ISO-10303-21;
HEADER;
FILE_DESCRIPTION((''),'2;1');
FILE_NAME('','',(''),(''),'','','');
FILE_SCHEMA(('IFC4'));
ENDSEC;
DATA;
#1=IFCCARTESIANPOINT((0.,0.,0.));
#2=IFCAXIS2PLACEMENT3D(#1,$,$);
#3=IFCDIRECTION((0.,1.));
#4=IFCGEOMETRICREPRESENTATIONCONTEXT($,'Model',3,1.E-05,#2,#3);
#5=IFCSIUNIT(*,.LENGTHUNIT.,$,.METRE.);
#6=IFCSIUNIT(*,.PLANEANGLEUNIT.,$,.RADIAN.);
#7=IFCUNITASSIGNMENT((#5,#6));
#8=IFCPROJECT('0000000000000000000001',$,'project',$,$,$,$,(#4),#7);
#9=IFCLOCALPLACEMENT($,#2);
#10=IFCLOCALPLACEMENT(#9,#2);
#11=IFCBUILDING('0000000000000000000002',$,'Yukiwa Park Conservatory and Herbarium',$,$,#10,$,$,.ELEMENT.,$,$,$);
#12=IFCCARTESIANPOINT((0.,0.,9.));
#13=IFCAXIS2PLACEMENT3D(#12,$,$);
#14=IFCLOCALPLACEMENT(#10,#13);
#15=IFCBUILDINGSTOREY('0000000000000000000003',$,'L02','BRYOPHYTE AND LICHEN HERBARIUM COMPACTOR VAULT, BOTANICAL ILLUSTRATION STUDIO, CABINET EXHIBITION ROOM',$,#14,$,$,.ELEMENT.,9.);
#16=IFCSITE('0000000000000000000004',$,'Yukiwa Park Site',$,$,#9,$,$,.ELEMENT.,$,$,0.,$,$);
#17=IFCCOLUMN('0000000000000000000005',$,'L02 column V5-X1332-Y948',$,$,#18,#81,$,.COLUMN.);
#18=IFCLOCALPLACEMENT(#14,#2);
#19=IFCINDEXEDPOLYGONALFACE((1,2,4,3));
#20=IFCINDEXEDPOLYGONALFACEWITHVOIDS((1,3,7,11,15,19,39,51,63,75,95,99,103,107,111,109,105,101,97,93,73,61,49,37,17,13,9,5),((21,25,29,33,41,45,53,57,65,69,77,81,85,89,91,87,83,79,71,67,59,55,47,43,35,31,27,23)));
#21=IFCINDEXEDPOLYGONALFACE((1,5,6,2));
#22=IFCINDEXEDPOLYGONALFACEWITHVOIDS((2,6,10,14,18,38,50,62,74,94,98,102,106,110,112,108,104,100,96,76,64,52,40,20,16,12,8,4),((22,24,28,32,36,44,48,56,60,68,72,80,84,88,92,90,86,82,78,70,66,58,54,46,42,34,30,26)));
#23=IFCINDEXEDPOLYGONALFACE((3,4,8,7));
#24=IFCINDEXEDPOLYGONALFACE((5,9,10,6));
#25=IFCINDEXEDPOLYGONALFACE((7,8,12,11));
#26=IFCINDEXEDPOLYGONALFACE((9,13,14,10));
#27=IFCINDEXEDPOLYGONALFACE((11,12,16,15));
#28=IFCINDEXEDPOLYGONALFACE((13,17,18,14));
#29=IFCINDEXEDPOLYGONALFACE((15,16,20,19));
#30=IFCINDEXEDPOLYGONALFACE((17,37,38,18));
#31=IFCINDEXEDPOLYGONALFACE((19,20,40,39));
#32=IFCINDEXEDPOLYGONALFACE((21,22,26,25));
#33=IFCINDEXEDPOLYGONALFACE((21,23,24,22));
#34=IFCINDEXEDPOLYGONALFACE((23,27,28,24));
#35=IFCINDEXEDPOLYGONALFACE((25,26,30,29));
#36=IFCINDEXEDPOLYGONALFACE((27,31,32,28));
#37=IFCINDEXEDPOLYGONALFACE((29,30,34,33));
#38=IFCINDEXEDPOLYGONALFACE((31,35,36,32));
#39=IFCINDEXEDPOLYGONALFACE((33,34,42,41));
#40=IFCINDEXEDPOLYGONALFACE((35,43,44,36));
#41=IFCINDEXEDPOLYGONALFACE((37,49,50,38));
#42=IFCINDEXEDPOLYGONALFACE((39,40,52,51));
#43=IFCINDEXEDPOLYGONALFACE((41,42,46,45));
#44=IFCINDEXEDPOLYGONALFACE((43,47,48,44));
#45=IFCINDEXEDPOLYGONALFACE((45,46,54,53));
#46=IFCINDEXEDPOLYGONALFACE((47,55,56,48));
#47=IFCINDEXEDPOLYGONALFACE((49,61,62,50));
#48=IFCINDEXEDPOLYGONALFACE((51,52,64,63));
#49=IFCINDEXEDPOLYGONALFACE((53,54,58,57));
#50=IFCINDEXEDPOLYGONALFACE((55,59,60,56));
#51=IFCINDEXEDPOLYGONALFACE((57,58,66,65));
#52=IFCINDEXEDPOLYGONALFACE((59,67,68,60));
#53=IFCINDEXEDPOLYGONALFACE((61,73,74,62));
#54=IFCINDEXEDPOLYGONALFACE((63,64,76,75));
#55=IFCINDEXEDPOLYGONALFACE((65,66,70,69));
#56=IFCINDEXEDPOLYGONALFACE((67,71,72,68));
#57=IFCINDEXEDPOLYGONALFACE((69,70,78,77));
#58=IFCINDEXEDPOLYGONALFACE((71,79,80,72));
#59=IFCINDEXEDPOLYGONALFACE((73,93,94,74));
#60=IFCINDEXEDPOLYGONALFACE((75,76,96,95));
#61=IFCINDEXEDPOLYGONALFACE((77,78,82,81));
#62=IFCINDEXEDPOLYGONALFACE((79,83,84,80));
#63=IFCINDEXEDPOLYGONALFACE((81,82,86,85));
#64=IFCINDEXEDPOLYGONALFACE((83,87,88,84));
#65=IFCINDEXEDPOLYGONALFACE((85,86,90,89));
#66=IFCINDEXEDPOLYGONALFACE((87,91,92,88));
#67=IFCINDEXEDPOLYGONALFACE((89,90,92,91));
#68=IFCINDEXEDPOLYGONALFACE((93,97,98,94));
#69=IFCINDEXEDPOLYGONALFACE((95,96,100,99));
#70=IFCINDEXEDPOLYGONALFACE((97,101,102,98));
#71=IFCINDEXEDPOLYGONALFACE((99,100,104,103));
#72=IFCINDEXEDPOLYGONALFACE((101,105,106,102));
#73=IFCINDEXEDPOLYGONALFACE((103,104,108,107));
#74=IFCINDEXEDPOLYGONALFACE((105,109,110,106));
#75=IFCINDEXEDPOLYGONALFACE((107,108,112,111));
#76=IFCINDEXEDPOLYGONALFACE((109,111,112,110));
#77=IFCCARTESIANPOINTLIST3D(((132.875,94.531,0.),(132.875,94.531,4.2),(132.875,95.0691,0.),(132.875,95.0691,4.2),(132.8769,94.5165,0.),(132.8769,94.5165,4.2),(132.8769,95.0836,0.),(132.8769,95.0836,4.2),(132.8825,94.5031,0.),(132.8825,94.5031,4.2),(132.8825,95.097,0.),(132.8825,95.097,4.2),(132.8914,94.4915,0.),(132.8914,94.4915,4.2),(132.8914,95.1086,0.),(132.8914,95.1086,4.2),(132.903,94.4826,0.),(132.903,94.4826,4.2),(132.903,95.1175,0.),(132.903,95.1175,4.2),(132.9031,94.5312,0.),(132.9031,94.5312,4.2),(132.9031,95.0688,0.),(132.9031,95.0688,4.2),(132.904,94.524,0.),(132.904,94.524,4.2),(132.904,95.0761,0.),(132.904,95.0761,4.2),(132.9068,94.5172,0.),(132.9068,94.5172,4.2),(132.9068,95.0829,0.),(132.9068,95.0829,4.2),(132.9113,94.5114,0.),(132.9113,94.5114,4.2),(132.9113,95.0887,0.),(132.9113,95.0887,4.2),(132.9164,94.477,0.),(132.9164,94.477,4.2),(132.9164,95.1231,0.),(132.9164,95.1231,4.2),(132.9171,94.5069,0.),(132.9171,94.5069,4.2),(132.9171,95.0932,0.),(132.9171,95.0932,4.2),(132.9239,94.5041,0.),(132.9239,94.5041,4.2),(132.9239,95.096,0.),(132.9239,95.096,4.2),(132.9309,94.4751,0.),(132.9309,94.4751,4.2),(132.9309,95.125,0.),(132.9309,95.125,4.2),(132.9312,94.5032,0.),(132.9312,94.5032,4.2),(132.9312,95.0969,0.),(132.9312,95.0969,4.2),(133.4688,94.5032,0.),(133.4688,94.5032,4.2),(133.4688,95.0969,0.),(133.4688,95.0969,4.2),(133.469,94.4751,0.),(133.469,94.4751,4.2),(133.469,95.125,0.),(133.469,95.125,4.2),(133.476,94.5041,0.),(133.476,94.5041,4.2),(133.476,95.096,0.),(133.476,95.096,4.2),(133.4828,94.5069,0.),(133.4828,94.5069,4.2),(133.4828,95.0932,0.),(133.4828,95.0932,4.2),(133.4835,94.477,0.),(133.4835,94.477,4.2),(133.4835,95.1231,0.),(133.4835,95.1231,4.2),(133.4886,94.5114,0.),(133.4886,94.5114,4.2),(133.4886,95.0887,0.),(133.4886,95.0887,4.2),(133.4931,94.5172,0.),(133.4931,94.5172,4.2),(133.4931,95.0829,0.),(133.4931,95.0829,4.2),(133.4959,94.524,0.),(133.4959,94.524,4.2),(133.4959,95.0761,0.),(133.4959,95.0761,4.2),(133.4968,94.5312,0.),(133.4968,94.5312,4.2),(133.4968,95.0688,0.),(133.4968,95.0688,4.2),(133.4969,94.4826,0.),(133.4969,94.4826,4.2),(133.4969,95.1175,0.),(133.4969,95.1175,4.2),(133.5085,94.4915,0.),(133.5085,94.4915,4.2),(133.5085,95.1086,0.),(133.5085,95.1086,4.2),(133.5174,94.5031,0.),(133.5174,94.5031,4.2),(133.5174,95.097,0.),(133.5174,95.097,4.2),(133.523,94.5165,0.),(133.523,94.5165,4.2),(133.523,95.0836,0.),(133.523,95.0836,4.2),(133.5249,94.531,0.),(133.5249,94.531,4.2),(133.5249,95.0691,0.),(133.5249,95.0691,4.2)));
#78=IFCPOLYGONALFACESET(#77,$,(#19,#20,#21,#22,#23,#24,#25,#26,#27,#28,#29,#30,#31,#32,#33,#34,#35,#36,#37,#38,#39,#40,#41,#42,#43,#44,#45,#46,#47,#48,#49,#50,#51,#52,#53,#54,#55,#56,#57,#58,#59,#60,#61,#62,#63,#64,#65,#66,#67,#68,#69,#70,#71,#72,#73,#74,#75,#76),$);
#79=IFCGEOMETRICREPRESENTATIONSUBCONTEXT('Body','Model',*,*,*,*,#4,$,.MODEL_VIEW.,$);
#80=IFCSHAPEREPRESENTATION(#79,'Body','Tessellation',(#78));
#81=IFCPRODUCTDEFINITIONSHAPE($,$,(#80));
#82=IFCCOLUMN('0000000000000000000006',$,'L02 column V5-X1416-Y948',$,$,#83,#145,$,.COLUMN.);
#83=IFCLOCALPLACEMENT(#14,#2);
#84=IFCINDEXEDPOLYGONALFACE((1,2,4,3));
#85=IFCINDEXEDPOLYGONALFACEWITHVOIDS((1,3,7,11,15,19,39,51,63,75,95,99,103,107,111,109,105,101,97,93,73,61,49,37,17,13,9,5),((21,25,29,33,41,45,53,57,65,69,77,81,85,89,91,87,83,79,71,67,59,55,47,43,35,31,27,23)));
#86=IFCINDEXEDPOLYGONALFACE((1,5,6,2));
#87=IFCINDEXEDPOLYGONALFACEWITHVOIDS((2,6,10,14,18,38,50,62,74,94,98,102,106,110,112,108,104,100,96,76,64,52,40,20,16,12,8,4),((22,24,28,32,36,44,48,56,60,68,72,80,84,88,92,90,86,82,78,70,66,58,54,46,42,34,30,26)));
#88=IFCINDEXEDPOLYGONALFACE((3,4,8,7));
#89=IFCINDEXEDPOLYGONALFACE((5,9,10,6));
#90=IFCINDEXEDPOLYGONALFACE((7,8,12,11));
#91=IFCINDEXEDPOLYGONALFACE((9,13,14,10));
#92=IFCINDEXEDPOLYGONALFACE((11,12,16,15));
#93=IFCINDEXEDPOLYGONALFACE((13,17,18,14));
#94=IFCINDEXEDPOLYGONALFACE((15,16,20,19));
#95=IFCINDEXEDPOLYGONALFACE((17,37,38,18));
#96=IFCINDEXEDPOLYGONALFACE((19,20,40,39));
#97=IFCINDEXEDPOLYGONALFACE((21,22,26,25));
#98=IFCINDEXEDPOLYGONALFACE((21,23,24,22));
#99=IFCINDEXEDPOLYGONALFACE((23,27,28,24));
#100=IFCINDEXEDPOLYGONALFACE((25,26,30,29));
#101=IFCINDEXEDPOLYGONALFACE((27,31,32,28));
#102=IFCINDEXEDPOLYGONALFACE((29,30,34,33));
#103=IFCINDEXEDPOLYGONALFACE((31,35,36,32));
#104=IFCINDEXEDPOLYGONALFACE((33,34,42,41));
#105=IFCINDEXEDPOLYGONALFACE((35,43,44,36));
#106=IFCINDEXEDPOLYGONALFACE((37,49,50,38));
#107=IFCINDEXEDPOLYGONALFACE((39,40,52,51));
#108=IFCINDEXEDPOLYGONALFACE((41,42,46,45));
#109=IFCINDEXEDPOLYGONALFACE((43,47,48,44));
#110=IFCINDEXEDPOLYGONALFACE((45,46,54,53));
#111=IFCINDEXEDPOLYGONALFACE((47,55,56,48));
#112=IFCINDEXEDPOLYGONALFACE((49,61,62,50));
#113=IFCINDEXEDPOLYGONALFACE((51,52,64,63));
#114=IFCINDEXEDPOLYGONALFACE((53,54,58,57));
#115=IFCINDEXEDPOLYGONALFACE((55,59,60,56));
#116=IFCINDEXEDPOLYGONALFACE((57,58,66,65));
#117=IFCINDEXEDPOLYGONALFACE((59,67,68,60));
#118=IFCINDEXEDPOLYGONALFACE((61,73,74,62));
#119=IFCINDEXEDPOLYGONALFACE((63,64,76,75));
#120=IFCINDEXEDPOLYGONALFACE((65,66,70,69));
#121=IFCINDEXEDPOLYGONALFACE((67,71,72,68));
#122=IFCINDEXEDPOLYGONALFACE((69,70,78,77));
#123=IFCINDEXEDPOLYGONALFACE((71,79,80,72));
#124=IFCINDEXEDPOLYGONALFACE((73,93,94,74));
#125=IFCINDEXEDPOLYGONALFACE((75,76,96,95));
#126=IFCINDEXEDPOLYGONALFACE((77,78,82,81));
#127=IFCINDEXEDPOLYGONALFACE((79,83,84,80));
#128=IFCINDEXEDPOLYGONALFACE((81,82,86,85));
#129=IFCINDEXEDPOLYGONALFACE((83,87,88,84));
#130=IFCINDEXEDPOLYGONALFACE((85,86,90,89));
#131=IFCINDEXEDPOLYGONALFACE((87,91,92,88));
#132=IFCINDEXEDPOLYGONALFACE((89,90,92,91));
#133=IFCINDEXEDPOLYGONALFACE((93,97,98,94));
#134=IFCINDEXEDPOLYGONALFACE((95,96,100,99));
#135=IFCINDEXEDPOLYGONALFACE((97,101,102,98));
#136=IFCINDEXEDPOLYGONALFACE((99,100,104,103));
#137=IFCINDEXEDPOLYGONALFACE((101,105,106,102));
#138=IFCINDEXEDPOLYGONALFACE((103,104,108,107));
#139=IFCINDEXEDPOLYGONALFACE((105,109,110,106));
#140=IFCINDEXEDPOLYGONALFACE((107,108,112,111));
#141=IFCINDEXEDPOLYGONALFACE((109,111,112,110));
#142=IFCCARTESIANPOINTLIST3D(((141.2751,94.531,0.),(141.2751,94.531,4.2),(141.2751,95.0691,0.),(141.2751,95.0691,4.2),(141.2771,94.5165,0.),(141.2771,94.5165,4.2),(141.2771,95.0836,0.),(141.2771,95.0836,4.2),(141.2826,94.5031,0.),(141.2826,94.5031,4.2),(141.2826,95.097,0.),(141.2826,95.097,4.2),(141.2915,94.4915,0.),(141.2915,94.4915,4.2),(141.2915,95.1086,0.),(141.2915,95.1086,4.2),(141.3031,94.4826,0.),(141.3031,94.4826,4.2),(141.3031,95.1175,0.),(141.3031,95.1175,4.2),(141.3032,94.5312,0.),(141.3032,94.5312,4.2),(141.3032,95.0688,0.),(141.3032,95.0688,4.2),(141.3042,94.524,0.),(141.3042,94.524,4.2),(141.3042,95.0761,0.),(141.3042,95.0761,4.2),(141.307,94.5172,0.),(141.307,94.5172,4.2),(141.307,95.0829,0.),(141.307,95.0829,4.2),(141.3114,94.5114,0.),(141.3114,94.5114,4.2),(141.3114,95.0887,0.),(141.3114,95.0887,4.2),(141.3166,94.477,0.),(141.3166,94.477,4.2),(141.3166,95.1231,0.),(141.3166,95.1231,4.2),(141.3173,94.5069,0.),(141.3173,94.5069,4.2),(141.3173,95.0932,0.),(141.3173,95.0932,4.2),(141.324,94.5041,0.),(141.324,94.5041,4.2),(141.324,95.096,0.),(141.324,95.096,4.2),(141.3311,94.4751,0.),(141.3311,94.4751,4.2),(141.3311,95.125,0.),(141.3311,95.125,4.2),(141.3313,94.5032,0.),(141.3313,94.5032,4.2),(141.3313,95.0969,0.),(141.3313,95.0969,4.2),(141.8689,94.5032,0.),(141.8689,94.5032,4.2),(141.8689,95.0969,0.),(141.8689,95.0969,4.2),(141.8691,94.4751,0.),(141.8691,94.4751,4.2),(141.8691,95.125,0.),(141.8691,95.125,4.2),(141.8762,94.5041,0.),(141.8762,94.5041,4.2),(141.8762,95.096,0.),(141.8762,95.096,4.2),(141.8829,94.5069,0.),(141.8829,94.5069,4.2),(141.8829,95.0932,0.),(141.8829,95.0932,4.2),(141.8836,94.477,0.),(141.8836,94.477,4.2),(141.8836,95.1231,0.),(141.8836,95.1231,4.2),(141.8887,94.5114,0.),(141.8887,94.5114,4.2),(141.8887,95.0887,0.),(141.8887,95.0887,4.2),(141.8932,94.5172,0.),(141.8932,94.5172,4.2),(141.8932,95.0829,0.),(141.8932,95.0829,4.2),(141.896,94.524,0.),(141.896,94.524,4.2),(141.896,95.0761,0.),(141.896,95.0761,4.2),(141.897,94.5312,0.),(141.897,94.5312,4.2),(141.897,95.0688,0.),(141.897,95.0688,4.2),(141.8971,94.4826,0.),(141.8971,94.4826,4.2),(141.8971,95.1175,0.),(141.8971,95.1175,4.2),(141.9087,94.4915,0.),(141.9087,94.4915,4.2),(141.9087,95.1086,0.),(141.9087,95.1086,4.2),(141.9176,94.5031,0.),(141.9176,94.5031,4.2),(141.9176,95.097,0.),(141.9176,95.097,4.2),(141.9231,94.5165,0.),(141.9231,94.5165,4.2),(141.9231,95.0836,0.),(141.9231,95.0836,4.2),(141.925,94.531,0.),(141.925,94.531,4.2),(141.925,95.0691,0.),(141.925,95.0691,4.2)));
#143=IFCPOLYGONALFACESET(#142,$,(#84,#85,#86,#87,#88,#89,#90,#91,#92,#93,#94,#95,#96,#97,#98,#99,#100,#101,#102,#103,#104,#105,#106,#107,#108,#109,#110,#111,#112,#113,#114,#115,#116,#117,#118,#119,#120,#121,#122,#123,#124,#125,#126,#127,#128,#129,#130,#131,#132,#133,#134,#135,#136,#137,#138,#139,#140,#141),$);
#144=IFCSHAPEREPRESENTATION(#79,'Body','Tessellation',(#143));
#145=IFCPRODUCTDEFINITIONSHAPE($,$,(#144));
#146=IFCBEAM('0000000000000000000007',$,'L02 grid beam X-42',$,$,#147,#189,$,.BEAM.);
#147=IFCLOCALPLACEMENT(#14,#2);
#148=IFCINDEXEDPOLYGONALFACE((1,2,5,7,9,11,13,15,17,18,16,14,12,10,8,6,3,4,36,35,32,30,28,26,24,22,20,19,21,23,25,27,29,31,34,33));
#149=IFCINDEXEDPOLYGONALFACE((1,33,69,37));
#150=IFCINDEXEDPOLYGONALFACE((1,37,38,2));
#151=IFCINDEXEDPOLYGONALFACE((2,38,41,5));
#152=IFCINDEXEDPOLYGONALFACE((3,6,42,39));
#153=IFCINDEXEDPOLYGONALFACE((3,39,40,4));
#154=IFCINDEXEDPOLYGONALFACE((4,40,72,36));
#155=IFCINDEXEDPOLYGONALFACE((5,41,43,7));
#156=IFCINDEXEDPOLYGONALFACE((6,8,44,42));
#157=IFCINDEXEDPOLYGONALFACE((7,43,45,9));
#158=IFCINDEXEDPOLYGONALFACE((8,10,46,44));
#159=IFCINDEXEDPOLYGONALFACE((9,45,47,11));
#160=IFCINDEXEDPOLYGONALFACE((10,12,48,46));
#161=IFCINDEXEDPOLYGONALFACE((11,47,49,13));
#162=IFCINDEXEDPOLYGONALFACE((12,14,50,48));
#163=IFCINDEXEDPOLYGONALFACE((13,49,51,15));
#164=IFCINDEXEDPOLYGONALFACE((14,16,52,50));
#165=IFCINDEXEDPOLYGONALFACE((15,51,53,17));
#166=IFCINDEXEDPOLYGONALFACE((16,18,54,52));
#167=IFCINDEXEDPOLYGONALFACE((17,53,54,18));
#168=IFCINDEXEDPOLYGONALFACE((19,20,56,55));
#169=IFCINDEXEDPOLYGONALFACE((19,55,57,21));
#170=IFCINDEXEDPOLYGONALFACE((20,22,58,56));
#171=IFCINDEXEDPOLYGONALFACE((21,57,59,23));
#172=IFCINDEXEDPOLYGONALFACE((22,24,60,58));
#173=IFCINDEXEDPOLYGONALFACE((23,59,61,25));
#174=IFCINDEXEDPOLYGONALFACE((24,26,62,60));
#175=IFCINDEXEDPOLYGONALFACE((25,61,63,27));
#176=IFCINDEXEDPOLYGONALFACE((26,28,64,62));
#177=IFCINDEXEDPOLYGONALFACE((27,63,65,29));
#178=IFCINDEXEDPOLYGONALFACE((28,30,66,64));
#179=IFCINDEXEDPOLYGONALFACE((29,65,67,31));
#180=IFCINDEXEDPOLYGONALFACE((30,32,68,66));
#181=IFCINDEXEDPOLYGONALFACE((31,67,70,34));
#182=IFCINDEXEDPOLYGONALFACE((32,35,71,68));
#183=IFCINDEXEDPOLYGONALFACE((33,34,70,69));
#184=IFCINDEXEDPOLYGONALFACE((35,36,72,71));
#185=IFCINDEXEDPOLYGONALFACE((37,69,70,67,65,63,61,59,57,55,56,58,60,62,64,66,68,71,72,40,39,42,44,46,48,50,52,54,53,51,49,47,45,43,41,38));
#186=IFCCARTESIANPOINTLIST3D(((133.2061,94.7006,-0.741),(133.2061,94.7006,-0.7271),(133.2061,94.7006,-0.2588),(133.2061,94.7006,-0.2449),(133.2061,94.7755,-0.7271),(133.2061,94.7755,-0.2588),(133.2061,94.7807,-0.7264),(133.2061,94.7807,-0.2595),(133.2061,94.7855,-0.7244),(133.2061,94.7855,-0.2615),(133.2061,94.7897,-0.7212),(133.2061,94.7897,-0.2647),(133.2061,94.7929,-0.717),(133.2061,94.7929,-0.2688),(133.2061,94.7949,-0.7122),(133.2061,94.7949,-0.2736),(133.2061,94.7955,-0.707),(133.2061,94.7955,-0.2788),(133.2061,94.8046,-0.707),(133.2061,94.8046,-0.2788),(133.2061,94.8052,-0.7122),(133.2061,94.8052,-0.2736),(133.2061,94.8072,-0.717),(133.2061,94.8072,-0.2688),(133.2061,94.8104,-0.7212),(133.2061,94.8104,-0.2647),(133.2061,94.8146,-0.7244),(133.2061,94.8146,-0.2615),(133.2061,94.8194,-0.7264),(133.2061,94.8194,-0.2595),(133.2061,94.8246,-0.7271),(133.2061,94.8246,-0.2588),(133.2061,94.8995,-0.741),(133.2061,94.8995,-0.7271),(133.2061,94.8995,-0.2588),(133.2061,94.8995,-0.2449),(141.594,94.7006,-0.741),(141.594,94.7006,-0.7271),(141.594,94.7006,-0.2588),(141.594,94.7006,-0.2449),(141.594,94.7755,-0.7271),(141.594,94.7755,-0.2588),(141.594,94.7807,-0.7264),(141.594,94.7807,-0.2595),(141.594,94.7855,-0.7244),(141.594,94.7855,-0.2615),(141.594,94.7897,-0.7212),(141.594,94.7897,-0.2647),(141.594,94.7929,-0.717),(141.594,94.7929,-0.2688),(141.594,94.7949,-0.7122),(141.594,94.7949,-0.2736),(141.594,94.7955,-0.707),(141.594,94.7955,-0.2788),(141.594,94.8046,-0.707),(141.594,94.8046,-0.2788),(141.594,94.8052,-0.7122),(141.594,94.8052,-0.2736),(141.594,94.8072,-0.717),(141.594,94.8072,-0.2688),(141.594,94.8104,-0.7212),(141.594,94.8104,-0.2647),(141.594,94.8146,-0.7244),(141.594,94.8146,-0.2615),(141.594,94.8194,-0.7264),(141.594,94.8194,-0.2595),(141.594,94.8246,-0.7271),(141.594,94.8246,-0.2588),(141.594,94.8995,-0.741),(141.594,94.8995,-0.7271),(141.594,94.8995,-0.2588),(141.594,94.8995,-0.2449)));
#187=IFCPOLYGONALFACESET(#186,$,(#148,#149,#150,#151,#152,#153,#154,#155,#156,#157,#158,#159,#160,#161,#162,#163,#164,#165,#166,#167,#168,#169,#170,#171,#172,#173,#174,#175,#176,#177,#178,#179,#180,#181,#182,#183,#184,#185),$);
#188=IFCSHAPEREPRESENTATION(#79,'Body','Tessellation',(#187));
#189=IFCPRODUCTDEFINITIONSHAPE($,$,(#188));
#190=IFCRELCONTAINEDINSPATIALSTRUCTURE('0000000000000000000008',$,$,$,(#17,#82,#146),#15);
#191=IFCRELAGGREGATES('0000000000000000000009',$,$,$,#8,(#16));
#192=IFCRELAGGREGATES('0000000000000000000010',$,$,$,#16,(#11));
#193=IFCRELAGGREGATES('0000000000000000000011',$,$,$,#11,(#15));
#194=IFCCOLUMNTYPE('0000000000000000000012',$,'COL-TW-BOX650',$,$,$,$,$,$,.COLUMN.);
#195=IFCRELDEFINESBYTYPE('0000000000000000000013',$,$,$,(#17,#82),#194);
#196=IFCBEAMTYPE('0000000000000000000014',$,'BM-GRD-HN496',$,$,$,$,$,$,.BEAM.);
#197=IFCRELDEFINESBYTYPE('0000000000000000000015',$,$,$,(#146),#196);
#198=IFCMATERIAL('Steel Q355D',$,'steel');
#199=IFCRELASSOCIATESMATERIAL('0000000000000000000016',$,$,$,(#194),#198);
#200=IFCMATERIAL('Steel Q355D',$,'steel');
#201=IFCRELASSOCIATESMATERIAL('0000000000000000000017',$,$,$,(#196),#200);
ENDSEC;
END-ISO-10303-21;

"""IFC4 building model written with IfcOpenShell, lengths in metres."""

from ifc_helpers import new_model, si_unit, direction, frame, origin, origin_2d, place, context, subcontext, project, spatial, hollow_rectangle, i_section, extrude, material, material_profile, profile_set, type_object, element, save


model = new_model("IFC4")

# Units and contexts
model_context = context("Model", 3, precision=1e-05, world=origin(), true_north=direction((0.0, 1.0)))
body_context = subcontext(model_context, "Body", "Model", "MODEL_VIEW")
ifc_project = project(units=[si_unit("LENGTHUNIT", "METRE"), si_unit("PLANEANGLEUNIT", "RADIAN")], contexts=[model_context])

# Site, building, storey
site_placement = place(None, origin())
site = spatial("IfcSite", under=ifc_project, at=site_placement, Name="Yukiwa Park Site", CompositionType="ELEMENT", RefElevation=0.0)
building_placement = place(site_placement, origin())
building = spatial("IfcBuilding", under=site, at=building_placement, Name="Yukiwa Park Conservatory and Herbarium", CompositionType="ELEMENT")
storey_placement = place(building_placement, frame((0.0, 0.0, 9.0)))
storey = spatial("IfcBuildingStorey", under=building, at=storey_placement, Name="L02", Description="BRYOPHYTE AND LICHEN HERBARIUM COMPACTOR VAULT, BOTANICAL ILLUSTRATION STUDIO, CABINET EXHIBITION ROOM", CompositionType="ELEMENT", Elevation=9.0)

# Columns
ifc_material_1 = material(Name="Steel Q355D", Category="steel")
ifc_material_profile_1 = material_profile(ifc_material_1, hollow_rectangle(XDim=0.6499, YDim=0.6499, WallThickness=0.0281, InnerFilletRadius=0.0281, OuterFilletRadius=0.0559, at=origin_2d()), Name="BOX 650x650x28")
ifc_profile_set_1 = profile_set([ifc_material_profile_1], Name="Steel Q355D")
column_type = type_object("IfcColumnType", Name="COL-TW-BOX650", PredefinedType="COLUMN", material=ifc_profile_set_1)
for number, where, z_axis, x_axis, name in (
    (1, (133.2, 94.8, 0.0), (0.0, 0.0, 1.0), (1.0, 0.0, 0.0), "L02 column V5-X1332-Y948"),
    (2, (141.6001, 94.8, 0.0), (0.0, 0.0, 1.0), (1.0, 0.0, 0.0), "L02 column V5-X1416-Y948"),
):
    element("IfcColumn", number, at=place(storey_placement, frame(where, z_axis=z_axis, x_axis=x_axis)), inside=storey, type_object=column_type, Name=name, PredefinedType="COLUMN", context=body_context, shape_type="SweptSolid", body=[
        extrude(hollow_rectangle(XDim=0.6499, YDim=0.6499, WallThickness=0.0281, InnerFilletRadius=0.0281, OuterFilletRadius=0.0559, at=origin_2d()), origin(), (0.0, 0.0, 1.0), 4.2),
    ])

# Beam
ifc_material_2 = material(Name="Steel Q355D", Category="steel")
ifc_material_profile_2 = material_profile(ifc_material_2, i_section(OverallWidth=0.199, OverallDepth=0.4961, WebThickness=0.009, FlangeThickness=0.0139, FilletRadius=0.02, at=origin_2d()), Name="HN 496x199x9x14")
ifc_profile_set_2 = profile_set([ifc_material_profile_2], Name="Steel Q355D")
beam_type_1 = type_object("IfcBeamType", Name="BM-GRD-HN496", PredefinedType="BEAM", material=ifc_profile_set_2)
for number, where, z_axis, x_axis, name in (
    (3, (133.2061, 94.8, -0.4929), (1.0, 0.0, 0.0), (0.0, 1.0, 0.0), "L02 grid beam X-42"),
):
    element("IfcBeam", number, at=place(storey_placement, frame(where, z_axis=z_axis, x_axis=x_axis)), inside=storey, type_object=beam_type_1, Name=name, PredefinedType="BEAM", context=body_context, shape_type="SweptSolid", body=[
        extrude(i_section(OverallWidth=0.199, OverallDepth=0.4961, WebThickness=0.009, FlangeThickness=0.0139, FilletRadius=0.02, at=origin_2d()), origin(), (0.0, 0.0, 1.0), 8.3879),
    ])

save(model, "model.ifc")
